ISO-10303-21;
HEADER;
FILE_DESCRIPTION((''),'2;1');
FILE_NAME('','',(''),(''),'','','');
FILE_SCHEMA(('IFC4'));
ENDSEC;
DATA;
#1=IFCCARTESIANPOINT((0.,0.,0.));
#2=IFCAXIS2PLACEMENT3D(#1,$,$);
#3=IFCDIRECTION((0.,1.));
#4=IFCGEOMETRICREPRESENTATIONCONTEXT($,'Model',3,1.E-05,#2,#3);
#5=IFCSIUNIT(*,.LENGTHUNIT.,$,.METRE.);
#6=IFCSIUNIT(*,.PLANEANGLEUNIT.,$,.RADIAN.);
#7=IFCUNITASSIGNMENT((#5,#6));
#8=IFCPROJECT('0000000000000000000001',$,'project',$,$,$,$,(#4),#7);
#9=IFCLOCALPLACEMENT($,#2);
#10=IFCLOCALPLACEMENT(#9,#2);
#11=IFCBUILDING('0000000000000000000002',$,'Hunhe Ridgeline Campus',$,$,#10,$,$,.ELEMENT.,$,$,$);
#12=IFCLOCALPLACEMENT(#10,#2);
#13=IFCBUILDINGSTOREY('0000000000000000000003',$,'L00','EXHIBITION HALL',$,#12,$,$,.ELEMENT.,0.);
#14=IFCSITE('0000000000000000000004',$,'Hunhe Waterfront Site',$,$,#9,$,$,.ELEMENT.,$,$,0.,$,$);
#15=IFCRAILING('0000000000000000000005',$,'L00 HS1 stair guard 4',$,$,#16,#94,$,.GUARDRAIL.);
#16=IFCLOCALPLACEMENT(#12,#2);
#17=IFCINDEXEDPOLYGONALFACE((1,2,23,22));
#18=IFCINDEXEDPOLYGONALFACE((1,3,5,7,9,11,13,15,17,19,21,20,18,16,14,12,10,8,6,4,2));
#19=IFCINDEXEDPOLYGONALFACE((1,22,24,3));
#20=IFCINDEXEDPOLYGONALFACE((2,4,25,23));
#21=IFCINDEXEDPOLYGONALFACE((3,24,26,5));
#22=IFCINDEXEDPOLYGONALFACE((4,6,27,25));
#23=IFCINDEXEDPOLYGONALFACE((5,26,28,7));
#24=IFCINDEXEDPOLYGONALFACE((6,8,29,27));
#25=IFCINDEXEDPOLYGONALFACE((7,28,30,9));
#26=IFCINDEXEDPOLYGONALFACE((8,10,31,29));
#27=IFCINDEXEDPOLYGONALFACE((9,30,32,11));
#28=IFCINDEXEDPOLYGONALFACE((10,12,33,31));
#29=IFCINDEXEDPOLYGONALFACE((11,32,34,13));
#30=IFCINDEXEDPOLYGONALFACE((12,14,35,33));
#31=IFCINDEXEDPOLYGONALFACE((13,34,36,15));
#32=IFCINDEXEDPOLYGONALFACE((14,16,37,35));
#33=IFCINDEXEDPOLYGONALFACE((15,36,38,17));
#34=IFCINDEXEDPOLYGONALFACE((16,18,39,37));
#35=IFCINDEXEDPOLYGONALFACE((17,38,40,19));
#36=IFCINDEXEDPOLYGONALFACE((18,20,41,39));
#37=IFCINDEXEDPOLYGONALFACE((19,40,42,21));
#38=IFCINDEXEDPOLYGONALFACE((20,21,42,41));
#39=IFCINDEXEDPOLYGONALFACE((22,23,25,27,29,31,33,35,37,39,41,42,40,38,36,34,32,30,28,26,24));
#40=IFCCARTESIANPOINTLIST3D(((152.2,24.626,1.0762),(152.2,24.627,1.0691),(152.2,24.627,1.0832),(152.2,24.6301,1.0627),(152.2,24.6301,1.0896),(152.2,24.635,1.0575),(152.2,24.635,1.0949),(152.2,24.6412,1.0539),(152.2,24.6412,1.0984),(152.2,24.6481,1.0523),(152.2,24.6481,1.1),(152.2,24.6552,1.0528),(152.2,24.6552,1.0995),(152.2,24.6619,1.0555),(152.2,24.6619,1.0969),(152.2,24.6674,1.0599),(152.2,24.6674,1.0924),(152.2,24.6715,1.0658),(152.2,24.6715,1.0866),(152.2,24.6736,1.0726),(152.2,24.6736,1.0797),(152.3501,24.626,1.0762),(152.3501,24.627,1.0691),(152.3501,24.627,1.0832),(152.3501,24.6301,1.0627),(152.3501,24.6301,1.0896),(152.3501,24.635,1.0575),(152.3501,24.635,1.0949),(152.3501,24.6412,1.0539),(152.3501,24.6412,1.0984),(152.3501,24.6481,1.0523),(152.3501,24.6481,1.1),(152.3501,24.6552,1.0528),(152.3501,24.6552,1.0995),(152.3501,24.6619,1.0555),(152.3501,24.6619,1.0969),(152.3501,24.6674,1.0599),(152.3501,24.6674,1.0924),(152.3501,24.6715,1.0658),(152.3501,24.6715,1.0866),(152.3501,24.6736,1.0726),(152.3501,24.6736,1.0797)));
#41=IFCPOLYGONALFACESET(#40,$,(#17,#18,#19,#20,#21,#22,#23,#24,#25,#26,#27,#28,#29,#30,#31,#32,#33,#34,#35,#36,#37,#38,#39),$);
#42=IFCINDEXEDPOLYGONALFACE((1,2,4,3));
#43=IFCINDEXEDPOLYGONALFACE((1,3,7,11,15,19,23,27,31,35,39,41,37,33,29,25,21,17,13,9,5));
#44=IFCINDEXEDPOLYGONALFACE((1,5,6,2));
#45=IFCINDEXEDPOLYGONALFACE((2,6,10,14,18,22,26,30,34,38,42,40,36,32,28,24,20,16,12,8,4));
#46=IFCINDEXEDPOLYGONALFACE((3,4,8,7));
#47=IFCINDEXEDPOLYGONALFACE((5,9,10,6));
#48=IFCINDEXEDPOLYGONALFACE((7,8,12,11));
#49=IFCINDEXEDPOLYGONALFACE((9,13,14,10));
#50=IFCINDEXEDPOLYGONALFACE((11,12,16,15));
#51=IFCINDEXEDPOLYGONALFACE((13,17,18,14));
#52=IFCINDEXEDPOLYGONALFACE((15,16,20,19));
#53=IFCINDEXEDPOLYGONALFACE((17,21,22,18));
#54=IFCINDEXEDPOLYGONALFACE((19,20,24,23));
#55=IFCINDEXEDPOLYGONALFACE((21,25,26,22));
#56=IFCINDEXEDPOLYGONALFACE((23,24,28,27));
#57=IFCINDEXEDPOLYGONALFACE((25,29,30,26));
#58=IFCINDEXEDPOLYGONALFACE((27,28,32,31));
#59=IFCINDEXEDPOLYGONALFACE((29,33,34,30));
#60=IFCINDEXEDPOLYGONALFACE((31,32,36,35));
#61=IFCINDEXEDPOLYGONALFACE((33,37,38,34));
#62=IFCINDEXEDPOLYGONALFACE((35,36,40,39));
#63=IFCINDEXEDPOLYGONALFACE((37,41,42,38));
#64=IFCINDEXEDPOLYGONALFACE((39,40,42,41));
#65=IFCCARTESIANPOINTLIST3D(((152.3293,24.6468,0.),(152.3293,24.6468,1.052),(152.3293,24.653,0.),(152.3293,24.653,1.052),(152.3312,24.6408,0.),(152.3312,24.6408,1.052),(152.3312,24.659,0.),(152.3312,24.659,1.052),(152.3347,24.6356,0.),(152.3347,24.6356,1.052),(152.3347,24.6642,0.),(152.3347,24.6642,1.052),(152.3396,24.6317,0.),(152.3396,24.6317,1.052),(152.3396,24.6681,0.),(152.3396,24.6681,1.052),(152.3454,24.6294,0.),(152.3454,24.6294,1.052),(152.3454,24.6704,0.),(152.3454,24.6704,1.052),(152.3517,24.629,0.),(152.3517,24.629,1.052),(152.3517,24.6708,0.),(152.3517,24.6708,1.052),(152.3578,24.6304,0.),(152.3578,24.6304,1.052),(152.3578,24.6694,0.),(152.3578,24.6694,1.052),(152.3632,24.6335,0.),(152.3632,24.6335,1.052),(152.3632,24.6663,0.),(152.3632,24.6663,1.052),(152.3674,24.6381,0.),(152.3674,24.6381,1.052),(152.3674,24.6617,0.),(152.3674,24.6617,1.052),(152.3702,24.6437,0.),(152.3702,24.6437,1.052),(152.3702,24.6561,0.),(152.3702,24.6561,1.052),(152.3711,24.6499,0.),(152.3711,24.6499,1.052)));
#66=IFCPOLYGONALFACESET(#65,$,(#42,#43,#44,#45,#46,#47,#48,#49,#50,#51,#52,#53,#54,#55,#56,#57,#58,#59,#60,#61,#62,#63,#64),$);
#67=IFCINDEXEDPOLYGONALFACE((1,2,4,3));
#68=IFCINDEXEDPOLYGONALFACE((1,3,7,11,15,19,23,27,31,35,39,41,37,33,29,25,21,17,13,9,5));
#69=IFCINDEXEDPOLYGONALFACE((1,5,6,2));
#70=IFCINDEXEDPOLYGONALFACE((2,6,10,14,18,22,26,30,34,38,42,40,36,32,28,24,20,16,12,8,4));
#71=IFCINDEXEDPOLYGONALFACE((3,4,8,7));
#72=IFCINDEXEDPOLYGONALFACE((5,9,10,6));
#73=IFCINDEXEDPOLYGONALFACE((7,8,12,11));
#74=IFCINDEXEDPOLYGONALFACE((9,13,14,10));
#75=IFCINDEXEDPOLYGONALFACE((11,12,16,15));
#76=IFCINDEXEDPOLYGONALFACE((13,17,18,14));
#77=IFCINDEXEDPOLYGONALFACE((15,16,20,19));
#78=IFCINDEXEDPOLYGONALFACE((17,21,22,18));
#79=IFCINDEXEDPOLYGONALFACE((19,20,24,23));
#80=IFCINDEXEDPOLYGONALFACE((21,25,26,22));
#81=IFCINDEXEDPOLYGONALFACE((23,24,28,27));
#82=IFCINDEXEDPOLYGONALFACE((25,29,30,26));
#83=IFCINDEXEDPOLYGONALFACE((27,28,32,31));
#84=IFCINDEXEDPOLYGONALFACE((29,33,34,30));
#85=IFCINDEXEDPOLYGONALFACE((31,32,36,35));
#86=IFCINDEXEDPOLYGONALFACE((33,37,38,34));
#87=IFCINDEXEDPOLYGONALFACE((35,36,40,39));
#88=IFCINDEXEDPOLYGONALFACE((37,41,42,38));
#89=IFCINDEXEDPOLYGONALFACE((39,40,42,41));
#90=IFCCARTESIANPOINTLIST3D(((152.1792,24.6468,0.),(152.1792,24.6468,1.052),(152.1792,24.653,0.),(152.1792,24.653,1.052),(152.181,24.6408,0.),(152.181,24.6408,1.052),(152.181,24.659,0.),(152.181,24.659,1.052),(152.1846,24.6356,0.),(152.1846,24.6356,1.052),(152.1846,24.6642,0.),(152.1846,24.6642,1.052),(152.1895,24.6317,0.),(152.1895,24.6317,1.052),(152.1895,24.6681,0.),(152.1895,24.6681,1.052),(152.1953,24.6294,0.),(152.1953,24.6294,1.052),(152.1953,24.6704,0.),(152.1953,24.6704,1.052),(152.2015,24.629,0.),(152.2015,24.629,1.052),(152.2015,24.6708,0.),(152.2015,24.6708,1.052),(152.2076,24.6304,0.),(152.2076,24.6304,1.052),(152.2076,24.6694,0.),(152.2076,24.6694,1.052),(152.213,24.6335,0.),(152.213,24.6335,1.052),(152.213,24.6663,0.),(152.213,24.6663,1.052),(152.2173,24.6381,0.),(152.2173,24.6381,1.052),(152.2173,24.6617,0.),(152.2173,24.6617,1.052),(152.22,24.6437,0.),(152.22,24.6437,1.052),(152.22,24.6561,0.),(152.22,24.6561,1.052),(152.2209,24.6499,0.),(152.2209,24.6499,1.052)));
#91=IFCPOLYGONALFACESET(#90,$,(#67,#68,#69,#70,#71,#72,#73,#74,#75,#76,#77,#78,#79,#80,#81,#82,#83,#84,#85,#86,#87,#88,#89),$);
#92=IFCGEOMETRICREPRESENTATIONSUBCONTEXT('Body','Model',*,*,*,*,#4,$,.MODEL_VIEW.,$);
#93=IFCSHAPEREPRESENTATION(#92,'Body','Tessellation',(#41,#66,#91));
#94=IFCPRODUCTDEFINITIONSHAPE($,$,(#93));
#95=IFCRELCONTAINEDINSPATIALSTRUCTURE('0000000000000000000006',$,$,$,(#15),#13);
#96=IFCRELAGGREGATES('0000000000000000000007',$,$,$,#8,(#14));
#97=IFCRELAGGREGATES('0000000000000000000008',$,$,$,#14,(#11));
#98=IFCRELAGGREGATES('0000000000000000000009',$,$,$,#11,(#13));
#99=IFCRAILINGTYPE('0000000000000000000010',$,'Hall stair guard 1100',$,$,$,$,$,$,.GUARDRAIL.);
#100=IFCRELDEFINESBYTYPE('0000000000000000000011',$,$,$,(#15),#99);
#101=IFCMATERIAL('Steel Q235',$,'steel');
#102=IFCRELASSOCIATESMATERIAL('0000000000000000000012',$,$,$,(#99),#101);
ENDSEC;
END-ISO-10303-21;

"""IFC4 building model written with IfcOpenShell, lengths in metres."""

from ifc_helpers import new_model, si_unit, direction, frame, origin, origin_2d, place, context, subcontext, project, spatial, circle, extrude, material, type_object, element, save


model = new_model("IFC4")

# Units and contexts
model_context = context("Model", 3, precision=1e-05, world=origin(), true_north=direction((0.0, 1.0)))
body_context = subcontext(model_context, "Body", "Model", "MODEL_VIEW")
ifc_project = project(units=[si_unit("LENGTHUNIT", "METRE"), si_unit("PLANEANGLEUNIT", "RADIAN")], contexts=[model_context])

# Site, building, storey
site_placement = place(None, origin())
site = spatial("IfcSite", under=ifc_project, at=site_placement, Name="Hunhe Waterfront Site", CompositionType="ELEMENT", RefElevation=0.0)
building_placement = place(site_placement, origin())
building = spatial("IfcBuilding", under=site, at=building_placement, Name="Hunhe Ridgeline Campus", CompositionType="ELEMENT")
storey_placement = place(building_placement, origin())
storey = spatial("IfcBuildingStorey", under=building, at=storey_placement, Name="L00", Description="EXHIBITION HALL", CompositionType="ELEMENT", Elevation=0.0)

# Railing
ifc_material_1 = material(Name="Steel Q235", Category="steel")
railing_type_1 = type_object("IfcRailingType", Name="Hall stair guard 1100", PredefinedType="GUARDRAIL", material=ifc_material_1)
railing_1_placement = place(storey_placement, frame((152.3501, 24.6499, 0.0)))
element("IfcRailing", 1, at=railing_1_placement, inside=storey, type_object=railing_type_1, Name="L00 HS1 stair guard 4", PredefinedType="GUARDRAIL", context=body_context, shape_type="SweptSolid", body=[
    extrude(circle(Radius=0.0239, at=origin_2d()), frame((0.0, 0.0, 1.0762), z_axis=(-1.0, 0.0, 0.0), x_axis=(0.0, -1.0, 0.0)), (0.0, 0.0, 1.0), 0.1501),
    extrude(circle(Radius=0.021, at=origin_2d()), origin(), (0.0, 0.0, 1.0), 1.052),
    extrude(circle(Radius=0.021, at=origin_2d()), frame((-0.1501, 0.0, 0.0)), (0.0, 0.0, 1.0), 1.052),
])

save(model, "model.ifc")
